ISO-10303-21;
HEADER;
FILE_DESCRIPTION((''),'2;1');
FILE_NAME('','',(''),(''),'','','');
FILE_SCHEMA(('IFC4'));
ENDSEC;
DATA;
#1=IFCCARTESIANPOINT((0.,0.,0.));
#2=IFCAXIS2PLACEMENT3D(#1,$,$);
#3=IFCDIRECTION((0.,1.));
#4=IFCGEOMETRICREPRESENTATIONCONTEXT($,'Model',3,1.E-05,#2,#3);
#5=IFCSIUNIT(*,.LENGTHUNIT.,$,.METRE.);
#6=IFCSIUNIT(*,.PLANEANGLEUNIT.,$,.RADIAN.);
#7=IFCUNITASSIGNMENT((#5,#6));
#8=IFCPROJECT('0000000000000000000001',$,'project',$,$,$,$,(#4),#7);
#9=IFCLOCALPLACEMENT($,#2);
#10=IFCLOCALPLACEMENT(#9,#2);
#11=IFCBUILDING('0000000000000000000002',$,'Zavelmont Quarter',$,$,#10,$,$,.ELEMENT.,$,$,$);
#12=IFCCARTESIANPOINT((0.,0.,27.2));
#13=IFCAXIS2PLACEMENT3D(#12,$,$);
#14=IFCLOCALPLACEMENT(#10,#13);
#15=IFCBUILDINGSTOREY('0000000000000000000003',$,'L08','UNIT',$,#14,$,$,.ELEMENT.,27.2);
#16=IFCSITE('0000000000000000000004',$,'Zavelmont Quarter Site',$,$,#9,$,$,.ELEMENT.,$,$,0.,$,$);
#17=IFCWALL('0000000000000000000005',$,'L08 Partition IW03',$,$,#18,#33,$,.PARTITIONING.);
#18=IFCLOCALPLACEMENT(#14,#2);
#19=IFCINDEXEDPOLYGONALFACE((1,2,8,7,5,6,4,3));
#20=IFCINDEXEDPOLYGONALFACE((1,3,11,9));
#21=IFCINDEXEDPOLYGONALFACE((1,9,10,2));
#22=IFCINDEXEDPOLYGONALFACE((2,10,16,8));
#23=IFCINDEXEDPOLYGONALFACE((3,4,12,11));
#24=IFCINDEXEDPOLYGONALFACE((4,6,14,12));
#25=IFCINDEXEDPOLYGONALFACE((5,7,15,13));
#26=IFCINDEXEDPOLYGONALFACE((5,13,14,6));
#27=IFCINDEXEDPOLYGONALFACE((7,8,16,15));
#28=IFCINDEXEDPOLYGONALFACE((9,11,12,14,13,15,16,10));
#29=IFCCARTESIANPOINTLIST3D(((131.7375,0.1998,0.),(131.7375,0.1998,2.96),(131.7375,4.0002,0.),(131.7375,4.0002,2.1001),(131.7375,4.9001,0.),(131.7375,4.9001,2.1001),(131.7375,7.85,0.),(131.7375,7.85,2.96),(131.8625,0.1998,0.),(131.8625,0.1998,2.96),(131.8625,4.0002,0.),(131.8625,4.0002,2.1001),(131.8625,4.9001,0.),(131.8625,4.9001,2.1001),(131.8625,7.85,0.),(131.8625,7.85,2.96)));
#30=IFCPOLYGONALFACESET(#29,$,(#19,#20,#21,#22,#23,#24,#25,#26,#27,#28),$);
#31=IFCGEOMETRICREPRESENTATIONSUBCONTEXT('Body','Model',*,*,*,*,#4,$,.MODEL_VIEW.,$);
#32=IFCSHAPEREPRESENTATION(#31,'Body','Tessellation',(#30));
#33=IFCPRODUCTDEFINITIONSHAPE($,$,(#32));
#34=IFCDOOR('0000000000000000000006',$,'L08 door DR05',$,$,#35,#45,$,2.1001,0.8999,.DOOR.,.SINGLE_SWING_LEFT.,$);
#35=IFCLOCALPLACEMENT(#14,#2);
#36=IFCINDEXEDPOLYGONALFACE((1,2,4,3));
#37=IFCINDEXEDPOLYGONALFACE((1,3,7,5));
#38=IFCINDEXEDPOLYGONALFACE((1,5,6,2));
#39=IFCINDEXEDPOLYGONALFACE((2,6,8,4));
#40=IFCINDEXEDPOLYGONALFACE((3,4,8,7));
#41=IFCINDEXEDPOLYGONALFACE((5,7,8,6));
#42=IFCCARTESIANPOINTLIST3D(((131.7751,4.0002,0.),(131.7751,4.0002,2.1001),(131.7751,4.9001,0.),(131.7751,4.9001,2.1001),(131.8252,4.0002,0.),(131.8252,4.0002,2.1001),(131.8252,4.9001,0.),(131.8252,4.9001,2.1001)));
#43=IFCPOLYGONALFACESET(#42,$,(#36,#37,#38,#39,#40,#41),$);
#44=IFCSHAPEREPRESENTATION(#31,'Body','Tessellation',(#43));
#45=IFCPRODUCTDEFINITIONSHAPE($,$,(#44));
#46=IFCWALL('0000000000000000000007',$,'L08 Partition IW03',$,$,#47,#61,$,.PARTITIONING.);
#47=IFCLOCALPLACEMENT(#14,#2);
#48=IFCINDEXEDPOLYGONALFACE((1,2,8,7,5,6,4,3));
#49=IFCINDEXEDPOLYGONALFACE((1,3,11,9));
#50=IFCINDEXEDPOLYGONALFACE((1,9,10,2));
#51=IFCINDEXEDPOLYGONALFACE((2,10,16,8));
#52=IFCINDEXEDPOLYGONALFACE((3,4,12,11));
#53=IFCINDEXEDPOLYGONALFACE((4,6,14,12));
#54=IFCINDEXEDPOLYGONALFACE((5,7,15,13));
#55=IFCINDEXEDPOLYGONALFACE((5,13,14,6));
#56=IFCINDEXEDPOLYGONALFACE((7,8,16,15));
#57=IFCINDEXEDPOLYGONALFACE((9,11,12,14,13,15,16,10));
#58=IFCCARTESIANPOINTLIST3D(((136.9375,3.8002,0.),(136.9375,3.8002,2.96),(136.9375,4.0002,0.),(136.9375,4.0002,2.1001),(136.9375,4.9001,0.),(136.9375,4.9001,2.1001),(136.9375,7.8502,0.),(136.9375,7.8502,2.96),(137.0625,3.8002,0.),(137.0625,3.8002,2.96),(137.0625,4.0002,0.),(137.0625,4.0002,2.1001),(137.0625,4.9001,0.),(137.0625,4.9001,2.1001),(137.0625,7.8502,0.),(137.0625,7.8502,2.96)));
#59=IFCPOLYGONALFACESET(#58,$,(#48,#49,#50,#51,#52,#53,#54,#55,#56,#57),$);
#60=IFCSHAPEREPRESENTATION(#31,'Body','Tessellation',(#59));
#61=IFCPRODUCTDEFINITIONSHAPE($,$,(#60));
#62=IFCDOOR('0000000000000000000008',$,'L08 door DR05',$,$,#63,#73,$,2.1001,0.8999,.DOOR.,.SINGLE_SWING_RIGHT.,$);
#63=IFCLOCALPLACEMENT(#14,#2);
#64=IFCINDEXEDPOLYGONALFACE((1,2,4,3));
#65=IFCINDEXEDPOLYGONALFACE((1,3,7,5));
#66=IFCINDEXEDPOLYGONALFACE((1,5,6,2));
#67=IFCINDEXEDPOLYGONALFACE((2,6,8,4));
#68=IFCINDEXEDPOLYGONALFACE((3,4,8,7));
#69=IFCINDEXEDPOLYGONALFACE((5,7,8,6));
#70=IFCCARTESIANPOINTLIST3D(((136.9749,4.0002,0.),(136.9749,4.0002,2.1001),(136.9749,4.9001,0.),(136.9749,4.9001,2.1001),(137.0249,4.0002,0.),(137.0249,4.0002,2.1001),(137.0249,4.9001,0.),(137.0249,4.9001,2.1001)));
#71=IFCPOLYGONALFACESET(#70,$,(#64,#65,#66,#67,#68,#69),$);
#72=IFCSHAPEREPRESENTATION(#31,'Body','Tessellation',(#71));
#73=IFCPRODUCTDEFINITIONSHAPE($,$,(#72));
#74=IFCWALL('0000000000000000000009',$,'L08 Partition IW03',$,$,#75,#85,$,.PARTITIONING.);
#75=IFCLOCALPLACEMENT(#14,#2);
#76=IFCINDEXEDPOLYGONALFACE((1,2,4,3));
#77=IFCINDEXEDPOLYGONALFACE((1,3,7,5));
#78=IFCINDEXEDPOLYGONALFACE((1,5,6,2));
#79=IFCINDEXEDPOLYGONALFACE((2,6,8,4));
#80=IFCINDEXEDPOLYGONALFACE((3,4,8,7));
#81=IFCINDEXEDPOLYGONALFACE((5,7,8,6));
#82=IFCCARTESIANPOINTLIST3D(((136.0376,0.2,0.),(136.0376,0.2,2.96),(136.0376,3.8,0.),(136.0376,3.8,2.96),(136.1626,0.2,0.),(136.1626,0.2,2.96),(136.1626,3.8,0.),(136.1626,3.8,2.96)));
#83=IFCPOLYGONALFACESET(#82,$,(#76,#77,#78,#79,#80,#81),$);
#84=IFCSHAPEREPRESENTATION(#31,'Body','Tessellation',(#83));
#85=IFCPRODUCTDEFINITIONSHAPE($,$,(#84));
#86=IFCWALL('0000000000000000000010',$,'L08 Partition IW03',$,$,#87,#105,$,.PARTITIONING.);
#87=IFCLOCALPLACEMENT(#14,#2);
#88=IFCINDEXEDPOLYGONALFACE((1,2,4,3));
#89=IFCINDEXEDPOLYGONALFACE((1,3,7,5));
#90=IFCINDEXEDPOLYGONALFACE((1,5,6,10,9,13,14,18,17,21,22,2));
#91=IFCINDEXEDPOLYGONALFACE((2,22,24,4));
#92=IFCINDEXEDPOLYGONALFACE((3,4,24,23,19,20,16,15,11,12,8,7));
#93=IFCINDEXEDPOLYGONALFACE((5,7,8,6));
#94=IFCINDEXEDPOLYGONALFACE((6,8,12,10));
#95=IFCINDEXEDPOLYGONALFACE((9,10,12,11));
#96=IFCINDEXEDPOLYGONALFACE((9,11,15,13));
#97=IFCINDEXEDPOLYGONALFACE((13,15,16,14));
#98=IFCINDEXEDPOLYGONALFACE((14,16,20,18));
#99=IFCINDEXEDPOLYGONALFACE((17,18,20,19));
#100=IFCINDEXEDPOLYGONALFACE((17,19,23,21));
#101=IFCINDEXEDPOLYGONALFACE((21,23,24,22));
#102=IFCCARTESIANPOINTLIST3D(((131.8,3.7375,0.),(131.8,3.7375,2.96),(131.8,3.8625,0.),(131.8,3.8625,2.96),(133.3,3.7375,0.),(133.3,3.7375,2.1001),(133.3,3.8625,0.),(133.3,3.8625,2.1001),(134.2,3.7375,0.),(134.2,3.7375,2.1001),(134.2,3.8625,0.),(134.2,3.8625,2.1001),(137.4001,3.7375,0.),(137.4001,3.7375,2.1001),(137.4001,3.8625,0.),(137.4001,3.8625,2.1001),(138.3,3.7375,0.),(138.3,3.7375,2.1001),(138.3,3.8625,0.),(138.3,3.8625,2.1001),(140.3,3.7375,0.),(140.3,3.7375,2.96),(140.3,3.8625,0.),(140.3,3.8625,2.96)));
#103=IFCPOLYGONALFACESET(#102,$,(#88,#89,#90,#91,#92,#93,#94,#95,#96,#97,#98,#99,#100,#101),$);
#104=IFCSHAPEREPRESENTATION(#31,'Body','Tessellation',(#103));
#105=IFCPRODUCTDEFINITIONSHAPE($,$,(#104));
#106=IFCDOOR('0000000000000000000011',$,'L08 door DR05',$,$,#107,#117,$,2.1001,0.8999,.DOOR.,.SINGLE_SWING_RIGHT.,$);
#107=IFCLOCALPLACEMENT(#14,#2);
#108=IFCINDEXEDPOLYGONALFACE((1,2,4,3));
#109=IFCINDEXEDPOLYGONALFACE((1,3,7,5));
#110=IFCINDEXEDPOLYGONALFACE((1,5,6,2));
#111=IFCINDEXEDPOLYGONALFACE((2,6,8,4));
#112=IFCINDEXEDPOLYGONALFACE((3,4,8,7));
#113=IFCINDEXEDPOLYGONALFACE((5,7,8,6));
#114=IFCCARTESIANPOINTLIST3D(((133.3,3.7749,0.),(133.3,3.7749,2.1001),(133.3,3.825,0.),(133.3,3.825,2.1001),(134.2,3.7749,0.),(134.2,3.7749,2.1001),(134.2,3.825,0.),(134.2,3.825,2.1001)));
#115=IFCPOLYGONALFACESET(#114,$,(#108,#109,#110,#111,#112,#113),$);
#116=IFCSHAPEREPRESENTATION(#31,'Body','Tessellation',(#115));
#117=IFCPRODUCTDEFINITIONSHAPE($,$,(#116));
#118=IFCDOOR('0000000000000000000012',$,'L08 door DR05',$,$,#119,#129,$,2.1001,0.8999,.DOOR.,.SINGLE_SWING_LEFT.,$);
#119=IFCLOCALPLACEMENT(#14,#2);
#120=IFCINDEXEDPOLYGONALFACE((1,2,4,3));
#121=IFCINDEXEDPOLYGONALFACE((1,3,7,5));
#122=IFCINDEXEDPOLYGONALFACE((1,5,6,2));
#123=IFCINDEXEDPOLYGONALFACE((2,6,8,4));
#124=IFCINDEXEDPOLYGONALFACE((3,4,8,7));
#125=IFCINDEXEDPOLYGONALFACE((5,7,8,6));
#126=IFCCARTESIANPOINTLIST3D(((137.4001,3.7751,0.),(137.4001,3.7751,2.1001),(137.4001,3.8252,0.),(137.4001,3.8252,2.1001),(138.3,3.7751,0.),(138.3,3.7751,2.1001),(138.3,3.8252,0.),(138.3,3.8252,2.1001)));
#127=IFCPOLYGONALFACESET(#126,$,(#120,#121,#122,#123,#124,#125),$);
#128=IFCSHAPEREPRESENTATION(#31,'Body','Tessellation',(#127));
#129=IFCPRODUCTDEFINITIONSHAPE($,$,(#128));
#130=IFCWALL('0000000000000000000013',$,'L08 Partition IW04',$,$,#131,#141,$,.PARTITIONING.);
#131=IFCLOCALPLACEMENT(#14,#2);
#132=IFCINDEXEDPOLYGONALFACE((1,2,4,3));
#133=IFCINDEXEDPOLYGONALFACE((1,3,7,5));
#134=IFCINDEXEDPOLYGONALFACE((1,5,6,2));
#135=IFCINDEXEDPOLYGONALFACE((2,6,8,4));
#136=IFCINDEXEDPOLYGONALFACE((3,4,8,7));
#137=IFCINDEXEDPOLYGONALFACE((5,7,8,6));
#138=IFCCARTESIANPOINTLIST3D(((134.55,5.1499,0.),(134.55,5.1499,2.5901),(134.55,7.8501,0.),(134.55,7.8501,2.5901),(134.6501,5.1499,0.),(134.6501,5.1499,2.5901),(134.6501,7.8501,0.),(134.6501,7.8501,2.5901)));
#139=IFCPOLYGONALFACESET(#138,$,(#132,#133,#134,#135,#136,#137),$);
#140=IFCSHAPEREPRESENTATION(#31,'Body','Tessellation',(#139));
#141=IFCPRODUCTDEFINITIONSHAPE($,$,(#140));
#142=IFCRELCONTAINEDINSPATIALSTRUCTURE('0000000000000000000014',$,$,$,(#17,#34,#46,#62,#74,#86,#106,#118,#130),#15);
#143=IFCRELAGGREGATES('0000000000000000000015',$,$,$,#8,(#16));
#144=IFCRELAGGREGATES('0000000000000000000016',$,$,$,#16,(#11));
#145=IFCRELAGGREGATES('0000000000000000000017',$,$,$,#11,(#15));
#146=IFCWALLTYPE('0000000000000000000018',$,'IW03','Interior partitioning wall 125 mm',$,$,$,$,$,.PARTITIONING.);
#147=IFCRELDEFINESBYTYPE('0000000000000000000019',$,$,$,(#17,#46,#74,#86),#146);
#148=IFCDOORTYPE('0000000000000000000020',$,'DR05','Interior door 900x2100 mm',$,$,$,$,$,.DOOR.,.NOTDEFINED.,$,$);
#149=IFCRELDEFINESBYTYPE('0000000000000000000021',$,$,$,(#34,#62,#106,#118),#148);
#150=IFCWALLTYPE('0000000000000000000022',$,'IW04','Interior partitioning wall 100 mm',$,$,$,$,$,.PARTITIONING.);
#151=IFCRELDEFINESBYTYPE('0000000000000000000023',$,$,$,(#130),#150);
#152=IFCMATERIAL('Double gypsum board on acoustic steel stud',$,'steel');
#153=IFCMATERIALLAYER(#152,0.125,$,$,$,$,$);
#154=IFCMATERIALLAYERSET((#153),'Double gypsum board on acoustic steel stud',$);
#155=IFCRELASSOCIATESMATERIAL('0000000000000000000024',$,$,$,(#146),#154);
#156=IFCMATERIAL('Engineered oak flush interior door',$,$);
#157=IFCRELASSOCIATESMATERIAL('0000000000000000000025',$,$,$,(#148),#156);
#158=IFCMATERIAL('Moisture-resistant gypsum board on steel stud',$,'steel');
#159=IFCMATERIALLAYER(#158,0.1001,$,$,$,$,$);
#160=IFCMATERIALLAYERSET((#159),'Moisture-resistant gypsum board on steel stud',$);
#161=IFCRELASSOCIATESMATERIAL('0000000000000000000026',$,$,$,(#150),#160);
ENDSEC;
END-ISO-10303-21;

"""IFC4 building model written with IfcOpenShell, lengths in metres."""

from ifc_helpers import new_model, si_unit, direction, frame, frame_2d, origin, origin_with_axes, place, context, subcontext, project, spatial, rectangle, extrude, material, layer, layer_set, type_object, element, fill, save


model = new_model("IFC4")

# Units and contexts
model_context = context("Model", 3, precision=1e-05, world=origin(), true_north=direction((0.0, 1.0)))
body_context = subcontext(model_context, "Body", "Model", "MODEL_VIEW")
ifc_project = project(units=[si_unit("LENGTHUNIT", "METRE"), si_unit("PLANEANGLEUNIT", "RADIAN")], contexts=[model_context])

# Site, building, storey
site_placement = place(None, origin())
site = spatial("IfcSite", under=ifc_project, at=site_placement, Name="Zavelmont Quarter Site", CompositionType="ELEMENT", RefElevation=0.0)
building_placement = place(site_placement, origin())
building = spatial("IfcBuilding", under=site, at=building_placement, Name="Zavelmont Quarter", CompositionType="ELEMENT")
storey_placement = place(building_placement, frame((0.0, 0.0, 27.2)))
storey = spatial("IfcBuildingStorey", under=building, at=storey_placement, Name="L08", Description="UNIT", CompositionType="ELEMENT", Elevation=27.2)

# Walls, openings, doors
ifc_material_1 = material(Name="Double gypsum board on acoustic steel stud", Category="steel")
ifc_layer_1 = layer(ifc_material_1, 0.125)
ifc_layer_set_1 = layer_set([ifc_layer_1], Name="Double gypsum board on acoustic steel stud")
wall_type_1 = type_object("IfcWallType", Name="IW03", Description="Interior partitioning wall 125 mm", PredefinedType="PARTITIONING", material=ifc_layer_set_1)
wall_1_placement = place(storey_placement, frame((131.8, 7.8501, 0.0), z_axis=(0.0, 0.0, 1.0), x_axis=(0.0, -1.0, 0.0)))
wall_1 = element("IfcWall", 1, at=wall_1_placement, inside=storey, type_object=wall_type_1, Name="L08 Partition IW03", PredefinedType="PARTITIONING", context=body_context, shape_type="SweptSolid", body=[
    extrude(rectangle(XDim=7.6501, YDim=0.125, at=frame_2d((3.8252, 0.0))), origin(), (0.0, 0.0, 1.0), 2.96),
])
opening_1_placement = place(wall_1_placement, frame((2.95, 0.0, 0.0)))
opening_1 = element("IfcOpeningElement", 2, at=opening_1_placement, cuts=wall_1, PredefinedType="OPENING", context=body_context, shape_type="SweptSolid", body=[
    extrude(rectangle(XDim=0.8999, YDim=2.1001, at=frame_2d((0.45, 1.05))), frame((0.0, 0.0745, 0.0), z_axis=(0.0, -1.0, 0.0), x_axis=(1.0, 0.0, 0.0)), (0.0, 0.0, 1.0), 0.1489),
])
ifc_material_2 = material(Name="Engineered oak flush interior door")
door_type_1 = type_object("IfcDoorType", Name="DR05", Description="Interior door 900x2100 mm", OperationType="NOTDEFINED", PredefinedType="DOOR", material=ifc_material_2)
door_1_placement = place(opening_1_placement, frame((0.8999, 0.0, 0.0), z_axis=(0.0, 0.0, 1.0), x_axis=(-1.0, 0.0, 0.0)))
door_1 = element("IfcDoor", 3, at=door_1_placement, inside=storey, type_object=door_type_1, Name="L08 door DR05", OperationType="SINGLE_SWING_LEFT", OverallHeight=2.1001, OverallWidth=0.8999, PredefinedType="DOOR", context=body_context, shape_type="SweptSolid", body=[
    extrude(rectangle(XDim=0.8999, YDim=2.1001, at=frame_2d((0.45, 1.05))), frame((0.0, 0.0249, 0.0), z_axis=(0.0, -1.0, 0.0), x_axis=(1.0, 0.0, 0.0)), (0.0, 0.0, 1.0), 0.05),
])
fill(opening_1, door_1)
wall_2_placement = place(storey_placement, frame((137.0, 7.8501, 0.0), z_axis=(0.0, 0.0, 1.0), x_axis=(0.0, -1.0, 0.0)))
wall_2 = element("IfcWall", 4, at=wall_2_placement, inside=storey, type_object=wall_type_1, Name="L08 Partition IW03", PredefinedType="PARTITIONING", context=body_context, shape_type="SweptSolid", body=[
    extrude(rectangle(XDim=4.05, YDim=0.125, at=frame_2d((2.0249, 0.0))), origin(), (0.0, 0.0, 1.0), 2.96),
])
opening_2_placement = place(wall_2_placement, frame((2.95, 0.0, 0.0)))
opening_2 = element("IfcOpeningElement", 5, at=opening_2_placement, cuts=wall_2, PredefinedType="OPENING", context=body_context, shape_type="SweptSolid", body=[
    extrude(rectangle(XDim=0.8999, YDim=2.1001, at=frame_2d((0.45, 1.05))), frame((0.0, 0.0745, 0.0), z_axis=(0.0, -1.0, 0.0), x_axis=(1.0, 0.0, 0.0)), (0.0, 0.0, 1.0), 0.1489),
])
door_2_placement = place(opening_2_placement, origin_with_axes())
door_2 = element("IfcDoor", 6, at=door_2_placement, inside=storey, type_object=door_type_1, Name="L08 door DR05", OperationType="SINGLE_SWING_RIGHT", OverallHeight=2.1001, OverallWidth=0.8999, PredefinedType="DOOR", context=body_context, shape_type="SweptSolid", body=[
    extrude(rectangle(XDim=0.8999, YDim=2.1001, at=frame_2d((0.45, 1.05))), frame((0.0, 0.0249, 0.0), z_axis=(0.0, -1.0, 0.0), x_axis=(1.0, 0.0, 0.0)), (0.0, 0.0, 1.0), 0.05),
])
fill(opening_2, door_2)

# Wall
wall_3_placement = place(storey_placement, frame((136.1001, 3.8, 0.0), z_axis=(0.0, 0.0, 1.0), x_axis=(0.0, -1.0, 0.0)))
element("IfcWall", 7, at=wall_3_placement, inside=storey, type_object=wall_type_1, Name="L08 Partition IW03", PredefinedType="PARTITIONING", context=body_context, shape_type="SweptSolid", body=[
    extrude(rectangle(XDim=3.6001, YDim=0.125, at=frame_2d((1.8, 0.0))), origin(), (0.0, 0.0, 1.0), 2.96),
])

# Wall, openings, doors
wall_4_placement = place(storey_placement, frame((131.8, 3.8, 0.0), z_axis=(0.0, 0.0, 1.0), x_axis=(1.0, 0.0, 0.0)))
wall_4 = element("IfcWall", 8, at=wall_4_placement, inside=storey, type_object=wall_type_1, Name="L08 Partition IW03", PredefinedType="PARTITIONING", context=body_context, shape_type="SweptSolid", body=[
    extrude(rectangle(XDim=8.5, YDim=0.125, at=frame_2d((4.25, 0.0))), origin(), (0.0, 0.0, 1.0), 2.96),
])
opening_3_placement = place(wall_4_placement, frame((1.5, 0.0, 0.0)))
opening_3 = element("IfcOpeningElement", 9, at=opening_3_placement, cuts=wall_4, PredefinedType="OPENING", context=body_context, shape_type="SweptSolid", body=[
    extrude(rectangle(XDim=0.8999, YDim=2.1001, at=frame_2d((0.45, 1.05))), frame((0.0, 0.0745, 0.0), z_axis=(0.0, -1.0, 0.0), x_axis=(1.0, 0.0, 0.0)), (0.0, 0.0, 1.0), 0.1489),
])
opening_4_placement = place(wall_4_placement, frame((5.6001, 0.0, 0.0)))
opening_4 = element("IfcOpeningElement", 10, at=opening_4_placement, cuts=wall_4, PredefinedType="OPENING", context=body_context, shape_type="SweptSolid", body=[
    extrude(rectangle(XDim=0.8999, YDim=2.1001, at=frame_2d((0.45, 1.05))), frame((0.0, 0.0745, 0.0), z_axis=(0.0, -1.0, 0.0), x_axis=(1.0, 0.0, 0.0)), (0.0, 0.0, 1.0), 0.1489),
])
door_3_placement = place(opening_3_placement, origin_with_axes())
door_3 = element("IfcDoor", 11, at=door_3_placement, inside=storey, type_object=door_type_1, Name="L08 door DR05", OperationType="SINGLE_SWING_RIGHT", OverallHeight=2.1001, OverallWidth=0.8999, PredefinedType="DOOR", context=body_context, shape_type="SweptSolid", body=[
    extrude(rectangle(XDim=0.8999, YDim=2.1001, at=frame_2d((0.45, 1.05))), frame((0.0, 0.0249, 0.0), z_axis=(0.0, -1.0, 0.0), x_axis=(1.0, 0.0, 0.0)), (0.0, 0.0, 1.0), 0.05),
])
fill(opening_3, door_3)
door_4_placement = place(opening_4_placement, frame((0.8999, 0.0, 0.0), z_axis=(0.0, 0.0, 1.0), x_axis=(-1.0, 0.0, 0.0)))
door_4 = element("IfcDoor", 12, at=door_4_placement, inside=storey, type_object=door_type_1, Name="L08 door DR05", OperationType="SINGLE_SWING_LEFT", OverallHeight=2.1001, OverallWidth=0.8999, PredefinedType="DOOR", context=body_context, shape_type="SweptSolid", body=[
    extrude(rectangle(XDim=0.8999, YDim=2.1001, at=frame_2d((0.45, 1.05))), frame((0.0, 0.0249, 0.0), z_axis=(0.0, -1.0, 0.0), x_axis=(1.0, 0.0, 0.0)), (0.0, 0.0, 1.0), 0.05),
])
fill(opening_4, door_4)

# Wall
ifc_material_3 = material(Name="Moisture-resistant gypsum board on steel stud", Category="steel")
ifc_layer_2 = layer(ifc_material_3, 0.1001)
ifc_layer_set_2 = layer_set([ifc_layer_2], Name="Moisture-resistant gypsum board on steel stud")
wall_type_2 = type_object("IfcWallType", Name="IW04", Description="Interior partitioning wall 100 mm", PredefinedType="PARTITIONING", material=ifc_layer_set_2)
wall_5_placement = place(storey_placement, frame((134.6001, 7.8501, 0.0), z_axis=(0.0, 0.0, 1.0), x_axis=(0.0, -1.0, 0.0)))
element("IfcWall", 13, at=wall_5_placement, inside=storey, type_object=wall_type_2, Name="L08 Partition IW04", PredefinedType="PARTITIONING", context=body_context, shape_type="SweptSolid", body=[
    extrude(rectangle(XDim=2.7002, YDim=0.1001, at=frame_2d((1.3501, 0.0))), origin(), (0.0, 0.0, 1.0), 2.5901),
])

save(model, "model.ifc")
